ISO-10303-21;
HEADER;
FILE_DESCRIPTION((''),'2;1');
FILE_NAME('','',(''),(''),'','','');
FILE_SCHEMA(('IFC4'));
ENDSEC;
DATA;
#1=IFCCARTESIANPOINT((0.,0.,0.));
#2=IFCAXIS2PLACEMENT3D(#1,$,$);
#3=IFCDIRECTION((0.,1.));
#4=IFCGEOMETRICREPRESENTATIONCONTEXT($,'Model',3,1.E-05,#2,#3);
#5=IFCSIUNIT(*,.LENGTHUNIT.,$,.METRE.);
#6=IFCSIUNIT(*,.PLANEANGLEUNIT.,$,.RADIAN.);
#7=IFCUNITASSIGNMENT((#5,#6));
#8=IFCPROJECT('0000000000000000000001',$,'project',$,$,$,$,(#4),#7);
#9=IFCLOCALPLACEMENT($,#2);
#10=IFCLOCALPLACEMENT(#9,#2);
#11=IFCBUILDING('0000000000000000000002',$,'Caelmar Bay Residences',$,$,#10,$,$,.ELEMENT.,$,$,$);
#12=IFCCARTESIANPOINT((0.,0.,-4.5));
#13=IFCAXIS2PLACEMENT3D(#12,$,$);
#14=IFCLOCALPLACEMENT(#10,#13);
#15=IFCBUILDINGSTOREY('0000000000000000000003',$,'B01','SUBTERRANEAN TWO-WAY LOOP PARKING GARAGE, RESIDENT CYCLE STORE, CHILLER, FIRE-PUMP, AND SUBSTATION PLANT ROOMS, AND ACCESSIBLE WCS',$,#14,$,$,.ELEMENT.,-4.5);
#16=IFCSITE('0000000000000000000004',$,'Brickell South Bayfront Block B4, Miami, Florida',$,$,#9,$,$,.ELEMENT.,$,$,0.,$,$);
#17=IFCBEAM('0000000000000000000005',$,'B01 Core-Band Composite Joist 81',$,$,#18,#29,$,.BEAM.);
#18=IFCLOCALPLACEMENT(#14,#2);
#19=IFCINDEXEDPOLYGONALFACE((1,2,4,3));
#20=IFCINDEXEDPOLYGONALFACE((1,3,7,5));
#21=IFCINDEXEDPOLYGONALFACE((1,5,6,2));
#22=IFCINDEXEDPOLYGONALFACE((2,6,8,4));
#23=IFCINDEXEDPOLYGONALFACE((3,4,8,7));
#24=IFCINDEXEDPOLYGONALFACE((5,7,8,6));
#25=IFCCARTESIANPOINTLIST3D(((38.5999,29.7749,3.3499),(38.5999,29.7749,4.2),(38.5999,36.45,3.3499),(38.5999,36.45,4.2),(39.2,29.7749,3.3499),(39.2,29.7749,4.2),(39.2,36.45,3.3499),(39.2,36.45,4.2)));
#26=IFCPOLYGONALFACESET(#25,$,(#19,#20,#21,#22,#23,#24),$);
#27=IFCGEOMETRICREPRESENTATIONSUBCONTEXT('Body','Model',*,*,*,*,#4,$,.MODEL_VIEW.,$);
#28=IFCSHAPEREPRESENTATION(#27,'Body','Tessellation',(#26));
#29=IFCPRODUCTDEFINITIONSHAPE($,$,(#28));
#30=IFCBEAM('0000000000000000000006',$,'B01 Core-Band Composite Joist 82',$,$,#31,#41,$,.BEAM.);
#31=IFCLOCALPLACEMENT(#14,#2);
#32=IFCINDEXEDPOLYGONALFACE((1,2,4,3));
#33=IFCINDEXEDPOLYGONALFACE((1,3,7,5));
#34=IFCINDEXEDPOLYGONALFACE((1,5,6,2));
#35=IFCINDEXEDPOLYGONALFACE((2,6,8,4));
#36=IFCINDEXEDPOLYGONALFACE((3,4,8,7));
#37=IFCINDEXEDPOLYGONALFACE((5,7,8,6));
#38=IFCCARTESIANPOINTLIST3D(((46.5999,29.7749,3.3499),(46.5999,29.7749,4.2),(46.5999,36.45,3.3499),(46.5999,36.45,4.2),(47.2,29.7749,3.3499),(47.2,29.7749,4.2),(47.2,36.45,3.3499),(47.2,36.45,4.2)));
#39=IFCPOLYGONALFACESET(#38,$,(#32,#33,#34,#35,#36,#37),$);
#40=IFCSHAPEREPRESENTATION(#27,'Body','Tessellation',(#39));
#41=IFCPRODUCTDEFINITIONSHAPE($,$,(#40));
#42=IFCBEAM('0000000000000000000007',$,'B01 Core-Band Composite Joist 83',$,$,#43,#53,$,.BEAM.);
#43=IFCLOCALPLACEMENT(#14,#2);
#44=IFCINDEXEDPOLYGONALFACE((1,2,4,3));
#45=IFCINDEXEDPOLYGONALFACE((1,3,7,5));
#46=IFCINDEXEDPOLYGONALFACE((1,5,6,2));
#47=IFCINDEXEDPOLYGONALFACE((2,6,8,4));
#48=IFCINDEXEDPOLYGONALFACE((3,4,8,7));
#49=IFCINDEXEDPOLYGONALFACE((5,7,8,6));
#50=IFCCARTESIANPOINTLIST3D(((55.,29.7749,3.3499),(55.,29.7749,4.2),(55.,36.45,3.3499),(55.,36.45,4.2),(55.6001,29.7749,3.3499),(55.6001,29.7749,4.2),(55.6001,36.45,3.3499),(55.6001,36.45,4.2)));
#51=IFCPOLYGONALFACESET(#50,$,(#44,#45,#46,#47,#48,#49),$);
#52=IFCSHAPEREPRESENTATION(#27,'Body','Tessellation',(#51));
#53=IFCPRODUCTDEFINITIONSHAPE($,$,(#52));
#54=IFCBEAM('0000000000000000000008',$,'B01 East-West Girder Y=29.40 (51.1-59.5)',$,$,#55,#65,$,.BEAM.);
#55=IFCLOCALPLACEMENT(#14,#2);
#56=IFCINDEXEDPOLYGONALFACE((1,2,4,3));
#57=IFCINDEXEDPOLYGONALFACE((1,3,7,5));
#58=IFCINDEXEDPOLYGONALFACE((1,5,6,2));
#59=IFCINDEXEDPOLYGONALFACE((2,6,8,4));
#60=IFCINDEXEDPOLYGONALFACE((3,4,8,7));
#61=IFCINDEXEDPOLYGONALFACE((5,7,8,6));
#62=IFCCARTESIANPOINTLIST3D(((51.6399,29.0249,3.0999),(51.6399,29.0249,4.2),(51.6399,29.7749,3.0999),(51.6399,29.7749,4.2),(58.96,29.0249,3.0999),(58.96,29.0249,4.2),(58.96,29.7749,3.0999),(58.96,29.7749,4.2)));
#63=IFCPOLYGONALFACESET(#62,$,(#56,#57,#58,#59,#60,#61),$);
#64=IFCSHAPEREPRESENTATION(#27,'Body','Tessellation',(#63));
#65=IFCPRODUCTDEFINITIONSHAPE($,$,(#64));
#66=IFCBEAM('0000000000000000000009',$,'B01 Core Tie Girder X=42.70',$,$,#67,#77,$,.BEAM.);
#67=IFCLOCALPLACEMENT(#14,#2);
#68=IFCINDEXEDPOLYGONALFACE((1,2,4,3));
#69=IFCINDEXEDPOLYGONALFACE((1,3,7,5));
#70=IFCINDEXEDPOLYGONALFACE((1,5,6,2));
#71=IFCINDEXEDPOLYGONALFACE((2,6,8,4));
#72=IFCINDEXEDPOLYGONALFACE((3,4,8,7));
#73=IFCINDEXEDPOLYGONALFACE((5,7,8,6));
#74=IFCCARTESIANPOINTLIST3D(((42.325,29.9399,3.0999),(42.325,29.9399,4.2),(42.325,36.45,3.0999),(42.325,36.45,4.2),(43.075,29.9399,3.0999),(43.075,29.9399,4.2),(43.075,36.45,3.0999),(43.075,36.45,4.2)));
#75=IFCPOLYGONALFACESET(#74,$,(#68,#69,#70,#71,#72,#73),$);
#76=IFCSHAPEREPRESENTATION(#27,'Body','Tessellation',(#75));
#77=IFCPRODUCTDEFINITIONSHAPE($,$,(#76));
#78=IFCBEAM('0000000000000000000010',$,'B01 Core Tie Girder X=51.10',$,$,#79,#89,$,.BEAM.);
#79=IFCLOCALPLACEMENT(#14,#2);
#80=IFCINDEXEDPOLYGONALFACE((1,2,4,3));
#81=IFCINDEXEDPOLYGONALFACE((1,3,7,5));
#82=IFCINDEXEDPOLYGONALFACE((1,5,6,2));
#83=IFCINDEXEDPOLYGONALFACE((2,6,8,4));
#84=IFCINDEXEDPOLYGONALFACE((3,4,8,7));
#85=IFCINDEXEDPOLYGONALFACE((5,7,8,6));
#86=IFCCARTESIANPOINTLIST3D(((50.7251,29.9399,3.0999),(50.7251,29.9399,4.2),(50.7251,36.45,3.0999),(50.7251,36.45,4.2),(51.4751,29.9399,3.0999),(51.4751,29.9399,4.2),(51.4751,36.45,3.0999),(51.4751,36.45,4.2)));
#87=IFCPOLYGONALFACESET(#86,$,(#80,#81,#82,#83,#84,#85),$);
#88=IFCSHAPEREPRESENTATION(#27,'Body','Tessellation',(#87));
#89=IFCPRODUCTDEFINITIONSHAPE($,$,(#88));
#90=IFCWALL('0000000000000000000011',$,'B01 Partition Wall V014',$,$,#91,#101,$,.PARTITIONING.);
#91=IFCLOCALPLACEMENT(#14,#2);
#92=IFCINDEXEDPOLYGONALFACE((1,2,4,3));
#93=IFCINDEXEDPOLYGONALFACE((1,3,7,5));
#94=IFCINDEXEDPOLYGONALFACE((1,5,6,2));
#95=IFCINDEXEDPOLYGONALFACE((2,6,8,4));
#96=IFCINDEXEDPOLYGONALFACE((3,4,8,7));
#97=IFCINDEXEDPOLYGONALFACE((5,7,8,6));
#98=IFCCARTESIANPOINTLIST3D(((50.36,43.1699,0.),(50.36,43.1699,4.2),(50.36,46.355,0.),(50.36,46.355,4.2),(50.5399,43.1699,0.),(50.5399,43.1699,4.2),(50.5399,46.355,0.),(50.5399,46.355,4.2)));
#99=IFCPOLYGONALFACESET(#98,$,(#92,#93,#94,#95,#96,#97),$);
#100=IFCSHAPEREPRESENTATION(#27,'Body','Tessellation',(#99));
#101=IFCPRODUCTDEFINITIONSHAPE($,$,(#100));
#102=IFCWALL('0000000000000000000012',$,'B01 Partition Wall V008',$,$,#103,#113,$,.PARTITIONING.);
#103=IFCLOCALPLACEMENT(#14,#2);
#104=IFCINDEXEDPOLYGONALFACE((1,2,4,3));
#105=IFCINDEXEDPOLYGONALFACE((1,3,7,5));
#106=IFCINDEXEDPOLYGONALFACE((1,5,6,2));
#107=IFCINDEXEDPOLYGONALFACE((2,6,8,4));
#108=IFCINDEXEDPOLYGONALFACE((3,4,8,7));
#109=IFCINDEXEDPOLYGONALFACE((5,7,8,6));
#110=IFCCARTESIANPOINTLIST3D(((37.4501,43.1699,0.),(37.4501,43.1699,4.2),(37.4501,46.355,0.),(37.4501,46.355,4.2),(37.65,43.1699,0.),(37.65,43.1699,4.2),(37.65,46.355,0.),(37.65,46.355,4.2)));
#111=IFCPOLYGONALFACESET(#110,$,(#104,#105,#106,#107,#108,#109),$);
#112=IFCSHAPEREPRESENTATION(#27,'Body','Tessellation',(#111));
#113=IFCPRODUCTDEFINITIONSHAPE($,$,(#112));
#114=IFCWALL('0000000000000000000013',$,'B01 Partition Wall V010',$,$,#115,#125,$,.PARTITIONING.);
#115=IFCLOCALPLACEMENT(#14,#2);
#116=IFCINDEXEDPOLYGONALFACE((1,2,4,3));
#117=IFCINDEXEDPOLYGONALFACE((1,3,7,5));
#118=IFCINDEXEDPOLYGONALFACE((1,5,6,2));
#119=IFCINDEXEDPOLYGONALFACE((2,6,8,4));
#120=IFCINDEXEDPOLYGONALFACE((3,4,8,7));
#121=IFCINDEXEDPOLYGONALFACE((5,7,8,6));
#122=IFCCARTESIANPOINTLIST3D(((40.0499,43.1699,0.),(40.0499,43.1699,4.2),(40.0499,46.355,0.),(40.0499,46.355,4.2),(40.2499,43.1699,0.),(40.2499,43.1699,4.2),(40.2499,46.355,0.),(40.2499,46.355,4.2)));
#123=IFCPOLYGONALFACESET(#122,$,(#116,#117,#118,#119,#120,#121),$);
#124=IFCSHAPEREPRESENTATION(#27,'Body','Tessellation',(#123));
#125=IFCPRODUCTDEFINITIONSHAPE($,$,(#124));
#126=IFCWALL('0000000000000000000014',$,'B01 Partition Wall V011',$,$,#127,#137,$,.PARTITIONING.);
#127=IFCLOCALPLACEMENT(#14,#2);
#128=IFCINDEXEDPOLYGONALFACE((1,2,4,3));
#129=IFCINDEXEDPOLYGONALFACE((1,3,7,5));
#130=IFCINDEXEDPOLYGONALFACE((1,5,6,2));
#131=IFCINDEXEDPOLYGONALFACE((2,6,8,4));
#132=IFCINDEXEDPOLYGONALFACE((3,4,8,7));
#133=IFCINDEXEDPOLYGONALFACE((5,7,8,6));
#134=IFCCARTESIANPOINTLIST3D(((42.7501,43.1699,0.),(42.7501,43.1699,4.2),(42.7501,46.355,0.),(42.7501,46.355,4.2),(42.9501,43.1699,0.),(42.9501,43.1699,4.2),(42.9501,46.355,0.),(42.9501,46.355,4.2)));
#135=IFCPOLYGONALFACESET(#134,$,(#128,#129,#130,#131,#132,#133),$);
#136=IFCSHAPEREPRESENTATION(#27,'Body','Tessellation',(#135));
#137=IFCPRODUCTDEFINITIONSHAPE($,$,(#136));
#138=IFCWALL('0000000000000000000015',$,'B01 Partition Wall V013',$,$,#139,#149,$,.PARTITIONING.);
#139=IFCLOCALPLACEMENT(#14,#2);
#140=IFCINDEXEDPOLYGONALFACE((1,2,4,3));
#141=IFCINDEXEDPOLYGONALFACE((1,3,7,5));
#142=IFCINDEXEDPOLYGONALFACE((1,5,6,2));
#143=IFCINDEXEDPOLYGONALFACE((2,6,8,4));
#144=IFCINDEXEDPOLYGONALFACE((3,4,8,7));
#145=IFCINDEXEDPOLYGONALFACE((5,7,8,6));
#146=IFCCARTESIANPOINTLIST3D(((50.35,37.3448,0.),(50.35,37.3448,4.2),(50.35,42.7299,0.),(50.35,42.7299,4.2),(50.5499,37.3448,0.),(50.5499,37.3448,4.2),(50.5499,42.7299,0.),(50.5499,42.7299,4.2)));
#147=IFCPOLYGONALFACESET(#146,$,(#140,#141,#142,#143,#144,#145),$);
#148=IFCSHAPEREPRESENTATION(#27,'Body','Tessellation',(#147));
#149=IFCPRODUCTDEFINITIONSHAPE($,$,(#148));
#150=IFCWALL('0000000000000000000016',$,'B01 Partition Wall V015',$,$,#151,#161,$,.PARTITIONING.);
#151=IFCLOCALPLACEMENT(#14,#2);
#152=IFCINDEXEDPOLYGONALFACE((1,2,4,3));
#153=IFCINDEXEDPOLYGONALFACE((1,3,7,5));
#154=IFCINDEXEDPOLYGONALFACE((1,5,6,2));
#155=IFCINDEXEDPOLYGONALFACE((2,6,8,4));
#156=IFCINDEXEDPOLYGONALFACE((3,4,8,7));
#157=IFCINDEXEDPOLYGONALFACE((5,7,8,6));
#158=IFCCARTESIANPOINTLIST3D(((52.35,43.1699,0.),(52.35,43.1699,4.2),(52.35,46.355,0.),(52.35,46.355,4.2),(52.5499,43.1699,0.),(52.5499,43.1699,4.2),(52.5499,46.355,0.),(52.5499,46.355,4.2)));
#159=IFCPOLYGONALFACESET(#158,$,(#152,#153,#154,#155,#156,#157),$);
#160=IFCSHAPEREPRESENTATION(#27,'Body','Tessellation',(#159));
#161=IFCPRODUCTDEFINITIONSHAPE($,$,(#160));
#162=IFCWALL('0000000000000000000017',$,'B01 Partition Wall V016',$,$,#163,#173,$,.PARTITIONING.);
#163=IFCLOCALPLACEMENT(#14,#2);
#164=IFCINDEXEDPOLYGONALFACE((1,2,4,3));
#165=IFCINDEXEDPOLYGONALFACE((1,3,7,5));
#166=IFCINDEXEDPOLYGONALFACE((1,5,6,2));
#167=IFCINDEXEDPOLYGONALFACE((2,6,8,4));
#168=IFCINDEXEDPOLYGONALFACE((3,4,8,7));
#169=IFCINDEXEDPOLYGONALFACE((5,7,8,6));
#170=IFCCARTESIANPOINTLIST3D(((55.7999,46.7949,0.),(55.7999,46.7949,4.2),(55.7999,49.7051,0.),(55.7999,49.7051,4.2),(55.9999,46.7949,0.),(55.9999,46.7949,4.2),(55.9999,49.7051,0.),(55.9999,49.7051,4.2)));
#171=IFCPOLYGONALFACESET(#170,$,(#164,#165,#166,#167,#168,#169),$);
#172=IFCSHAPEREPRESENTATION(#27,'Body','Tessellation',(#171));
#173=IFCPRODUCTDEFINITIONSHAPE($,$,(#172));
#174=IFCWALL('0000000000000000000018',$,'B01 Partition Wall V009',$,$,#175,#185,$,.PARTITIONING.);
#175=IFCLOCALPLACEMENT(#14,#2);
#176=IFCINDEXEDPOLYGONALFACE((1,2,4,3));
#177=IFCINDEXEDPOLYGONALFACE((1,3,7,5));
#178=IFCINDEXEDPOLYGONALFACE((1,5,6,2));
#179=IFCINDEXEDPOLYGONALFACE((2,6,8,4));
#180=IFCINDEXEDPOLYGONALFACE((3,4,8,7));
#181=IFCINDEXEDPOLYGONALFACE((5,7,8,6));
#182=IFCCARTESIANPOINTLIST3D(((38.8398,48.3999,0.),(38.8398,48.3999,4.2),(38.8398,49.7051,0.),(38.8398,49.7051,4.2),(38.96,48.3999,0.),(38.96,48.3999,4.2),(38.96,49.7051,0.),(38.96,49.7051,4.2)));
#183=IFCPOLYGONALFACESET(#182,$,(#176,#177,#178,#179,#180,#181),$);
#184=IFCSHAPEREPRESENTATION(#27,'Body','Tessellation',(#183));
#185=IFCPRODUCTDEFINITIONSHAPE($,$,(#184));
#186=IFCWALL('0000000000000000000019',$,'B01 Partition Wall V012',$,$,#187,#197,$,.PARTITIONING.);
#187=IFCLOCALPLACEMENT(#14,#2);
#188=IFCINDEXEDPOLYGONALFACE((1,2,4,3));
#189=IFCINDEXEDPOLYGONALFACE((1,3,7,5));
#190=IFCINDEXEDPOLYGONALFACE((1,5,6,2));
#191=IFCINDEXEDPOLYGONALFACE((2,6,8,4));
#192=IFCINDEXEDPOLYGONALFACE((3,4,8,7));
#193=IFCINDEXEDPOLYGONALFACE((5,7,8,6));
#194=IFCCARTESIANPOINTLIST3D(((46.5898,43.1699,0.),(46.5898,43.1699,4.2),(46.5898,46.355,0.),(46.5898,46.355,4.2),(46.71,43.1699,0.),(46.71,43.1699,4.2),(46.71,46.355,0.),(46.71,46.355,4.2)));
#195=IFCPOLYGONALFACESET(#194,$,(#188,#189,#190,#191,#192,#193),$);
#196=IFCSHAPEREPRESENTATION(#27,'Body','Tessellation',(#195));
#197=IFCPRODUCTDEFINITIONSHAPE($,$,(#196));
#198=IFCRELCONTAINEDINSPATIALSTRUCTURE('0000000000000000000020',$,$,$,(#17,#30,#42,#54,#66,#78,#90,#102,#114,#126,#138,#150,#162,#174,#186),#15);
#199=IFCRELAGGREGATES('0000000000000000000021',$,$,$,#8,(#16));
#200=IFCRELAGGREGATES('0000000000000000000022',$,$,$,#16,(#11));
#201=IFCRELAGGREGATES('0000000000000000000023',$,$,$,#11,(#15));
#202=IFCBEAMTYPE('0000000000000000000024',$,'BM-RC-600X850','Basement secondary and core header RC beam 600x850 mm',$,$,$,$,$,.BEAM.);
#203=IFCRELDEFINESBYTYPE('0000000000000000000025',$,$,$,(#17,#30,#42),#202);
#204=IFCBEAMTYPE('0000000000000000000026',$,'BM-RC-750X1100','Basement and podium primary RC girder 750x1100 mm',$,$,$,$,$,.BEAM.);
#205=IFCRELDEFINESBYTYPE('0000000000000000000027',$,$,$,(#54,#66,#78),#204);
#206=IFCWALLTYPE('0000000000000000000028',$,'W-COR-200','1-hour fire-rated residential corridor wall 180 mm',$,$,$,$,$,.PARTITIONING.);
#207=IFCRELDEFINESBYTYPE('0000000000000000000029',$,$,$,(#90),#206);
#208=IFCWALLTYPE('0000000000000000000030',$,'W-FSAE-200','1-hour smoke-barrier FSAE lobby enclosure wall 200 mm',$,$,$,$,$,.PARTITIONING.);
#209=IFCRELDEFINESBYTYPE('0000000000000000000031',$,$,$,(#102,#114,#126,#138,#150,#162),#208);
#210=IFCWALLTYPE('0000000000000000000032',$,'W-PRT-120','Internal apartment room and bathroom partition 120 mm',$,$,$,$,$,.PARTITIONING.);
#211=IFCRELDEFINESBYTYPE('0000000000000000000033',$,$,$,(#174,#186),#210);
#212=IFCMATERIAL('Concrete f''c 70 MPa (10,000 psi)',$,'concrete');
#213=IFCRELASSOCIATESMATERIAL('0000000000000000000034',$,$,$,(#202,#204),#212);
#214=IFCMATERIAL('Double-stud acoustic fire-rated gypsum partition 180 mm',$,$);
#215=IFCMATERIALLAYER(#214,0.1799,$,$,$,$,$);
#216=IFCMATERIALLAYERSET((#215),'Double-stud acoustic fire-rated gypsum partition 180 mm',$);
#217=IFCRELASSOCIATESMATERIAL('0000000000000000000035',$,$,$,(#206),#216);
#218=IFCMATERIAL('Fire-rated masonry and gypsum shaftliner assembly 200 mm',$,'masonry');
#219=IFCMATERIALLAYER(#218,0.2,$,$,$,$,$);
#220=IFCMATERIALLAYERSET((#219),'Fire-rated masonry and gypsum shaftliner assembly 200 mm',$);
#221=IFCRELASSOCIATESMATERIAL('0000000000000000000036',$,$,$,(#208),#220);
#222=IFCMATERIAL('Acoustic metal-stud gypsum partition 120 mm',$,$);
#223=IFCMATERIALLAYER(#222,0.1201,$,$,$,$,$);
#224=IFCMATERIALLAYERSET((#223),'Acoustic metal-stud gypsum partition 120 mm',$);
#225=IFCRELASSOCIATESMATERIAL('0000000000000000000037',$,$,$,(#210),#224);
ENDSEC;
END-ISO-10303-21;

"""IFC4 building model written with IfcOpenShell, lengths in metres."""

from ifc_helpers import new_model, si_unit, direction, frame, frame_2d, origin, origin_2d, place, context, subcontext, project, spatial, rectangle, extrude, material, layer, layer_set, material_profile, profile_set, type_object, element, save


model = new_model("IFC4")

# Units and contexts
model_context = context("Model", 3, precision=1e-05, world=origin(), true_north=direction((0.0, 1.0)))
body_context = subcontext(model_context, "Body", "Model", "MODEL_VIEW")
ifc_project = project(units=[si_unit("LENGTHUNIT", "METRE"), si_unit("PLANEANGLEUNIT", "RADIAN")], contexts=[model_context])

# Site, building, storey
site_placement = place(None, origin())
site = spatial("IfcSite", under=ifc_project, at=site_placement, Name="Brickell South Bayfront Block B4, Miami, Florida", CompositionType="ELEMENT", RefElevation=0.0)
building_placement = place(site_placement, origin())
building = spatial("IfcBuilding", under=site, at=building_placement, Name="Caelmar Bay Residences", CompositionType="ELEMENT")
storey_placement = place(building_placement, frame((0.0, 0.0, -4.5)))
storey = spatial("IfcBuildingStorey", under=building, at=storey_placement, Name="B01", Description="SUBTERRANEAN TWO-WAY LOOP PARKING GARAGE, RESIDENT CYCLE STORE, CHILLER, FIRE-PUMP, AND SUBSTATION PLANT ROOMS, AND ACCESSIBLE WCS", CompositionType="ELEMENT", Elevation=-4.5)

# Beams
ifc_material_1 = material(Name="Concrete f'c 70 MPa (10,000 psi)", Category="concrete")
ifc_material_profile_1 = material_profile(ifc_material_1, rectangle(XDim=0.6001, YDim=0.8501, at=origin_2d()), Name="RC-BM-600X850")
ifc_profile_set_1 = profile_set([ifc_material_profile_1], Name="Concrete f'c 70 MPa (10,000 psi)")
beam_type_1 = type_object("IfcBeamType", Name="BM-RC-600X850", Description="Basement secondary and core header RC beam 600x850 mm", PredefinedType="BEAM", material=ifc_profile_set_1)
for number, where, z_axis, x_axis, name in (
    (1, (38.8999, 29.7749, 3.7749), (0.0, 1.0, 0.0), (-1.0, 0.0, 0.0), "B01 Core-Band Composite Joist 81"),
    (2, (46.8999, 29.7749, 3.7749), (0.0, 1.0, 0.0), (-1.0, 0.0, 0.0), "B01 Core-Band Composite Joist 82"),
    (3, (55.3, 29.7749, 3.7749), (0.0, 1.0, 0.0), (-1.0, 0.0, 0.0), "B01 Core-Band Composite Joist 83"),
):
    element("IfcBeam", number, at=place(storey_placement, frame(where, z_axis=z_axis, x_axis=x_axis)), inside=storey, type_object=beam_type_1, Name=name, PredefinedType="BEAM", context=body_context, shape_type="SweptSolid", body=[
        extrude(rectangle(XDim=0.6001, YDim=0.8501, at=origin_2d()), origin(), (0.0, 0.0, 1.0), 6.675),
    ])
ifc_material_profile_2 = material_profile(ifc_material_1, rectangle(XDim=0.75, YDim=1.1001, at=origin_2d()), Name="RC-BM-750X1100")
ifc_profile_set_2 = profile_set([ifc_material_profile_2], Name="Concrete f'c 70 MPa (10,000 psi)")
beam_type_2 = type_object("IfcBeamType", Name="BM-RC-750X1100", Description="Basement and podium primary RC girder 750x1100 mm", PredefinedType="BEAM", material=ifc_profile_set_2)
beam_placement = place(storey_placement, frame((51.6399, 29.3999, 3.6499), z_axis=(1.0, 0.0, 0.0), x_axis=(0.0, 1.0, 0.0)))
element("IfcBeam", 4, at=beam_placement, inside=storey, type_object=beam_type_2, Name="B01 East-West Girder Y=29.40 (51.1-59.5)", PredefinedType="BEAM", context=body_context, shape_type="SweptSolid", body=[
    extrude(rectangle(XDim=0.75, YDim=1.1001, at=origin_2d()), origin(), (0.0, 0.0, 1.0), 7.3201),
])
for number, where, z_axis, x_axis, name in (
    (5, (42.7, 29.9399, 3.6499), (0.0, 1.0, 0.0), (-1.0, 0.0, 0.0), "B01 Core Tie Girder X=42.70"),
    (6, (51.1001, 29.9399, 3.6499), (0.0, 1.0, 0.0), (-1.0, 0.0, 0.0), "B01 Core Tie Girder X=51.10"),
):
    element("IfcBeam", number, at=place(storey_placement, frame(where, z_axis=z_axis, x_axis=x_axis)), inside=storey, type_object=beam_type_2, Name=name, PredefinedType="BEAM", context=body_context, shape_type="SweptSolid", body=[
        extrude(rectangle(XDim=0.75, YDim=1.1001, at=origin_2d()), origin(), (0.0, 0.0, 1.0), 6.51),
    ])

# Walls
ifc_material_2 = material(Name="Double-stud acoustic fire-rated gypsum partition 180 mm")
ifc_layer_1 = layer(ifc_material_2, 0.1799)
ifc_layer_set_1 = layer_set([ifc_layer_1], Name="Double-stud acoustic fire-rated gypsum partition 180 mm")
wall_type_1 = type_object("IfcWallType", Name="W-COR-200", Description="1-hour fire-rated residential corridor wall 180 mm", PredefinedType="PARTITIONING", material=ifc_layer_set_1)
wall_1_placement = place(storey_placement, frame((50.45, 43.1699, 0.0), z_axis=(0.0, 0.0, 1.0), x_axis=(0.0, 1.0, 0.0)))
element("IfcWall", 7, at=wall_1_placement, inside=storey, type_object=wall_type_1, Name="B01 Partition Wall V014", PredefinedType="PARTITIONING", context=body_context, shape_type="SweptSolid", body=[
    extrude(rectangle(XDim=3.1851, YDim=0.1799, at=frame_2d((1.5925, 0.0))), origin(), (0.0, 0.0, 1.0), 4.2),
])
ifc_material_3 = material(Name="Fire-rated masonry and gypsum shaftliner assembly 200 mm", Category="masonry")
ifc_layer_2 = layer(ifc_material_3, 0.2)
ifc_layer_set_2 = layer_set([ifc_layer_2], Name="Fire-rated masonry and gypsum shaftliner assembly 200 mm")
wall_type_2 = type_object("IfcWallType", Name="W-FSAE-200", Description="1-hour smoke-barrier FSAE lobby enclosure wall 200 mm", PredefinedType="PARTITIONING", material=ifc_layer_set_2)
for number, where, z_axis, x_axis, name in (
    (8, (37.55, 43.1699, 0.0), (0.0, 0.0, 1.0), (0.0, 1.0, 0.0), "B01 Partition Wall V008"),
    (9, (40.1499, 43.1699, 0.0), (0.0, 0.0, 1.0), (0.0, 1.0, 0.0), "B01 Partition Wall V010"),
    (10, (42.8501, 43.1699, 0.0), (0.0, 0.0, 1.0), (0.0, 1.0, 0.0), "B01 Partition Wall V011"),
):
    element("IfcWall", number, at=place(storey_placement, frame(where, z_axis=z_axis, x_axis=x_axis)), inside=storey, type_object=wall_type_2, Name=name, PredefinedType="PARTITIONING", context=body_context, shape_type="SweptSolid", body=[
        extrude(rectangle(XDim=3.1851, YDim=0.2, at=frame_2d((1.5925, 0.0))), origin(), (0.0, 0.0, 1.0), 4.2),
    ])
wall_2_placement = place(storey_placement, frame((50.45, 37.345, 0.0), z_axis=(0.0, 0.0, 1.0), x_axis=(0.0, 1.0, 0.0)))
element("IfcWall", 11, at=wall_2_placement, inside=storey, type_object=wall_type_2, Name="B01 Partition Wall V013", PredefinedType="PARTITIONING", context=body_context, shape_type="SweptSolid", body=[
    extrude(rectangle(XDim=5.385, YDim=0.2, at=frame_2d((2.6924, 0.0))), origin(), (0.0, 0.0, 1.0), 4.2),
])
wall_3_placement = place(storey_placement, frame((52.45, 43.1699, 0.0), z_axis=(0.0, 0.0, 1.0), x_axis=(0.0, 1.0, 0.0)))
element("IfcWall", 12, at=wall_3_placement, inside=storey, type_object=wall_type_2, Name="B01 Partition Wall V015", PredefinedType="PARTITIONING", context=body_context, shape_type="SweptSolid", body=[
    extrude(rectangle(XDim=3.1851, YDim=0.2, at=frame_2d((1.5925, 0.0))), origin(), (0.0, 0.0, 1.0), 4.2),
])
wall_4_placement = place(storey_placement, frame((55.8999, 46.7949, 0.0), z_axis=(0.0, 0.0, 1.0), x_axis=(0.0, 1.0, 0.0)))
element("IfcWall", 13, at=wall_4_placement, inside=storey, type_object=wall_type_2, Name="B01 Partition Wall V016", PredefinedType="PARTITIONING", context=body_context, shape_type="SweptSolid", body=[
    extrude(rectangle(XDim=2.9102, YDim=0.2, at=frame_2d((1.4551, 0.0))), origin(), (0.0, 0.0, 1.0), 4.2),
])
ifc_material_4 = material(Name="Acoustic metal-stud gypsum partition 120 mm")
ifc_layer_3 = layer(ifc_material_4, 0.1201)
ifc_layer_set_3 = layer_set([ifc_layer_3], Name="Acoustic metal-stud gypsum partition 120 mm")
wall_type_3 = type_object("IfcWallType", Name="W-PRT-120", Description="Internal apartment room and bathroom partition 120 mm", PredefinedType="PARTITIONING", material=ifc_layer_set_3)
wall_5_placement = place(storey_placement, frame((38.8999, 48.3999, 0.0), z_axis=(0.0, 0.0, 1.0), x_axis=(0.0, 1.0, 0.0)))
element("IfcWall", 14, at=wall_5_placement, inside=storey, type_object=wall_type_3, Name="B01 Partition Wall V009", PredefinedType="PARTITIONING", context=body_context, shape_type="SweptSolid", body=[
    extrude(rectangle(XDim=1.3052, YDim=0.1201, at=frame_2d((0.6526, 0.0))), origin(), (0.0, 0.0, 1.0), 4.2),
])
wall_6_placement = place(storey_placement, frame((46.6499, 43.1699, 0.0), z_axis=(0.0, 0.0, 1.0), x_axis=(0.0, 1.0, 0.0)))
element("IfcWall", 15, at=wall_6_placement, inside=storey, type_object=wall_type_3, Name="B01 Partition Wall V012", PredefinedType="PARTITIONING", context=body_context, shape_type="SweptSolid", body=[
    extrude(rectangle(XDim=3.1851, YDim=0.1201, at=frame_2d((1.5925, 0.0))), origin(), (0.0, 0.0, 1.0), 4.2),
])

save(model, "model.ifc")
